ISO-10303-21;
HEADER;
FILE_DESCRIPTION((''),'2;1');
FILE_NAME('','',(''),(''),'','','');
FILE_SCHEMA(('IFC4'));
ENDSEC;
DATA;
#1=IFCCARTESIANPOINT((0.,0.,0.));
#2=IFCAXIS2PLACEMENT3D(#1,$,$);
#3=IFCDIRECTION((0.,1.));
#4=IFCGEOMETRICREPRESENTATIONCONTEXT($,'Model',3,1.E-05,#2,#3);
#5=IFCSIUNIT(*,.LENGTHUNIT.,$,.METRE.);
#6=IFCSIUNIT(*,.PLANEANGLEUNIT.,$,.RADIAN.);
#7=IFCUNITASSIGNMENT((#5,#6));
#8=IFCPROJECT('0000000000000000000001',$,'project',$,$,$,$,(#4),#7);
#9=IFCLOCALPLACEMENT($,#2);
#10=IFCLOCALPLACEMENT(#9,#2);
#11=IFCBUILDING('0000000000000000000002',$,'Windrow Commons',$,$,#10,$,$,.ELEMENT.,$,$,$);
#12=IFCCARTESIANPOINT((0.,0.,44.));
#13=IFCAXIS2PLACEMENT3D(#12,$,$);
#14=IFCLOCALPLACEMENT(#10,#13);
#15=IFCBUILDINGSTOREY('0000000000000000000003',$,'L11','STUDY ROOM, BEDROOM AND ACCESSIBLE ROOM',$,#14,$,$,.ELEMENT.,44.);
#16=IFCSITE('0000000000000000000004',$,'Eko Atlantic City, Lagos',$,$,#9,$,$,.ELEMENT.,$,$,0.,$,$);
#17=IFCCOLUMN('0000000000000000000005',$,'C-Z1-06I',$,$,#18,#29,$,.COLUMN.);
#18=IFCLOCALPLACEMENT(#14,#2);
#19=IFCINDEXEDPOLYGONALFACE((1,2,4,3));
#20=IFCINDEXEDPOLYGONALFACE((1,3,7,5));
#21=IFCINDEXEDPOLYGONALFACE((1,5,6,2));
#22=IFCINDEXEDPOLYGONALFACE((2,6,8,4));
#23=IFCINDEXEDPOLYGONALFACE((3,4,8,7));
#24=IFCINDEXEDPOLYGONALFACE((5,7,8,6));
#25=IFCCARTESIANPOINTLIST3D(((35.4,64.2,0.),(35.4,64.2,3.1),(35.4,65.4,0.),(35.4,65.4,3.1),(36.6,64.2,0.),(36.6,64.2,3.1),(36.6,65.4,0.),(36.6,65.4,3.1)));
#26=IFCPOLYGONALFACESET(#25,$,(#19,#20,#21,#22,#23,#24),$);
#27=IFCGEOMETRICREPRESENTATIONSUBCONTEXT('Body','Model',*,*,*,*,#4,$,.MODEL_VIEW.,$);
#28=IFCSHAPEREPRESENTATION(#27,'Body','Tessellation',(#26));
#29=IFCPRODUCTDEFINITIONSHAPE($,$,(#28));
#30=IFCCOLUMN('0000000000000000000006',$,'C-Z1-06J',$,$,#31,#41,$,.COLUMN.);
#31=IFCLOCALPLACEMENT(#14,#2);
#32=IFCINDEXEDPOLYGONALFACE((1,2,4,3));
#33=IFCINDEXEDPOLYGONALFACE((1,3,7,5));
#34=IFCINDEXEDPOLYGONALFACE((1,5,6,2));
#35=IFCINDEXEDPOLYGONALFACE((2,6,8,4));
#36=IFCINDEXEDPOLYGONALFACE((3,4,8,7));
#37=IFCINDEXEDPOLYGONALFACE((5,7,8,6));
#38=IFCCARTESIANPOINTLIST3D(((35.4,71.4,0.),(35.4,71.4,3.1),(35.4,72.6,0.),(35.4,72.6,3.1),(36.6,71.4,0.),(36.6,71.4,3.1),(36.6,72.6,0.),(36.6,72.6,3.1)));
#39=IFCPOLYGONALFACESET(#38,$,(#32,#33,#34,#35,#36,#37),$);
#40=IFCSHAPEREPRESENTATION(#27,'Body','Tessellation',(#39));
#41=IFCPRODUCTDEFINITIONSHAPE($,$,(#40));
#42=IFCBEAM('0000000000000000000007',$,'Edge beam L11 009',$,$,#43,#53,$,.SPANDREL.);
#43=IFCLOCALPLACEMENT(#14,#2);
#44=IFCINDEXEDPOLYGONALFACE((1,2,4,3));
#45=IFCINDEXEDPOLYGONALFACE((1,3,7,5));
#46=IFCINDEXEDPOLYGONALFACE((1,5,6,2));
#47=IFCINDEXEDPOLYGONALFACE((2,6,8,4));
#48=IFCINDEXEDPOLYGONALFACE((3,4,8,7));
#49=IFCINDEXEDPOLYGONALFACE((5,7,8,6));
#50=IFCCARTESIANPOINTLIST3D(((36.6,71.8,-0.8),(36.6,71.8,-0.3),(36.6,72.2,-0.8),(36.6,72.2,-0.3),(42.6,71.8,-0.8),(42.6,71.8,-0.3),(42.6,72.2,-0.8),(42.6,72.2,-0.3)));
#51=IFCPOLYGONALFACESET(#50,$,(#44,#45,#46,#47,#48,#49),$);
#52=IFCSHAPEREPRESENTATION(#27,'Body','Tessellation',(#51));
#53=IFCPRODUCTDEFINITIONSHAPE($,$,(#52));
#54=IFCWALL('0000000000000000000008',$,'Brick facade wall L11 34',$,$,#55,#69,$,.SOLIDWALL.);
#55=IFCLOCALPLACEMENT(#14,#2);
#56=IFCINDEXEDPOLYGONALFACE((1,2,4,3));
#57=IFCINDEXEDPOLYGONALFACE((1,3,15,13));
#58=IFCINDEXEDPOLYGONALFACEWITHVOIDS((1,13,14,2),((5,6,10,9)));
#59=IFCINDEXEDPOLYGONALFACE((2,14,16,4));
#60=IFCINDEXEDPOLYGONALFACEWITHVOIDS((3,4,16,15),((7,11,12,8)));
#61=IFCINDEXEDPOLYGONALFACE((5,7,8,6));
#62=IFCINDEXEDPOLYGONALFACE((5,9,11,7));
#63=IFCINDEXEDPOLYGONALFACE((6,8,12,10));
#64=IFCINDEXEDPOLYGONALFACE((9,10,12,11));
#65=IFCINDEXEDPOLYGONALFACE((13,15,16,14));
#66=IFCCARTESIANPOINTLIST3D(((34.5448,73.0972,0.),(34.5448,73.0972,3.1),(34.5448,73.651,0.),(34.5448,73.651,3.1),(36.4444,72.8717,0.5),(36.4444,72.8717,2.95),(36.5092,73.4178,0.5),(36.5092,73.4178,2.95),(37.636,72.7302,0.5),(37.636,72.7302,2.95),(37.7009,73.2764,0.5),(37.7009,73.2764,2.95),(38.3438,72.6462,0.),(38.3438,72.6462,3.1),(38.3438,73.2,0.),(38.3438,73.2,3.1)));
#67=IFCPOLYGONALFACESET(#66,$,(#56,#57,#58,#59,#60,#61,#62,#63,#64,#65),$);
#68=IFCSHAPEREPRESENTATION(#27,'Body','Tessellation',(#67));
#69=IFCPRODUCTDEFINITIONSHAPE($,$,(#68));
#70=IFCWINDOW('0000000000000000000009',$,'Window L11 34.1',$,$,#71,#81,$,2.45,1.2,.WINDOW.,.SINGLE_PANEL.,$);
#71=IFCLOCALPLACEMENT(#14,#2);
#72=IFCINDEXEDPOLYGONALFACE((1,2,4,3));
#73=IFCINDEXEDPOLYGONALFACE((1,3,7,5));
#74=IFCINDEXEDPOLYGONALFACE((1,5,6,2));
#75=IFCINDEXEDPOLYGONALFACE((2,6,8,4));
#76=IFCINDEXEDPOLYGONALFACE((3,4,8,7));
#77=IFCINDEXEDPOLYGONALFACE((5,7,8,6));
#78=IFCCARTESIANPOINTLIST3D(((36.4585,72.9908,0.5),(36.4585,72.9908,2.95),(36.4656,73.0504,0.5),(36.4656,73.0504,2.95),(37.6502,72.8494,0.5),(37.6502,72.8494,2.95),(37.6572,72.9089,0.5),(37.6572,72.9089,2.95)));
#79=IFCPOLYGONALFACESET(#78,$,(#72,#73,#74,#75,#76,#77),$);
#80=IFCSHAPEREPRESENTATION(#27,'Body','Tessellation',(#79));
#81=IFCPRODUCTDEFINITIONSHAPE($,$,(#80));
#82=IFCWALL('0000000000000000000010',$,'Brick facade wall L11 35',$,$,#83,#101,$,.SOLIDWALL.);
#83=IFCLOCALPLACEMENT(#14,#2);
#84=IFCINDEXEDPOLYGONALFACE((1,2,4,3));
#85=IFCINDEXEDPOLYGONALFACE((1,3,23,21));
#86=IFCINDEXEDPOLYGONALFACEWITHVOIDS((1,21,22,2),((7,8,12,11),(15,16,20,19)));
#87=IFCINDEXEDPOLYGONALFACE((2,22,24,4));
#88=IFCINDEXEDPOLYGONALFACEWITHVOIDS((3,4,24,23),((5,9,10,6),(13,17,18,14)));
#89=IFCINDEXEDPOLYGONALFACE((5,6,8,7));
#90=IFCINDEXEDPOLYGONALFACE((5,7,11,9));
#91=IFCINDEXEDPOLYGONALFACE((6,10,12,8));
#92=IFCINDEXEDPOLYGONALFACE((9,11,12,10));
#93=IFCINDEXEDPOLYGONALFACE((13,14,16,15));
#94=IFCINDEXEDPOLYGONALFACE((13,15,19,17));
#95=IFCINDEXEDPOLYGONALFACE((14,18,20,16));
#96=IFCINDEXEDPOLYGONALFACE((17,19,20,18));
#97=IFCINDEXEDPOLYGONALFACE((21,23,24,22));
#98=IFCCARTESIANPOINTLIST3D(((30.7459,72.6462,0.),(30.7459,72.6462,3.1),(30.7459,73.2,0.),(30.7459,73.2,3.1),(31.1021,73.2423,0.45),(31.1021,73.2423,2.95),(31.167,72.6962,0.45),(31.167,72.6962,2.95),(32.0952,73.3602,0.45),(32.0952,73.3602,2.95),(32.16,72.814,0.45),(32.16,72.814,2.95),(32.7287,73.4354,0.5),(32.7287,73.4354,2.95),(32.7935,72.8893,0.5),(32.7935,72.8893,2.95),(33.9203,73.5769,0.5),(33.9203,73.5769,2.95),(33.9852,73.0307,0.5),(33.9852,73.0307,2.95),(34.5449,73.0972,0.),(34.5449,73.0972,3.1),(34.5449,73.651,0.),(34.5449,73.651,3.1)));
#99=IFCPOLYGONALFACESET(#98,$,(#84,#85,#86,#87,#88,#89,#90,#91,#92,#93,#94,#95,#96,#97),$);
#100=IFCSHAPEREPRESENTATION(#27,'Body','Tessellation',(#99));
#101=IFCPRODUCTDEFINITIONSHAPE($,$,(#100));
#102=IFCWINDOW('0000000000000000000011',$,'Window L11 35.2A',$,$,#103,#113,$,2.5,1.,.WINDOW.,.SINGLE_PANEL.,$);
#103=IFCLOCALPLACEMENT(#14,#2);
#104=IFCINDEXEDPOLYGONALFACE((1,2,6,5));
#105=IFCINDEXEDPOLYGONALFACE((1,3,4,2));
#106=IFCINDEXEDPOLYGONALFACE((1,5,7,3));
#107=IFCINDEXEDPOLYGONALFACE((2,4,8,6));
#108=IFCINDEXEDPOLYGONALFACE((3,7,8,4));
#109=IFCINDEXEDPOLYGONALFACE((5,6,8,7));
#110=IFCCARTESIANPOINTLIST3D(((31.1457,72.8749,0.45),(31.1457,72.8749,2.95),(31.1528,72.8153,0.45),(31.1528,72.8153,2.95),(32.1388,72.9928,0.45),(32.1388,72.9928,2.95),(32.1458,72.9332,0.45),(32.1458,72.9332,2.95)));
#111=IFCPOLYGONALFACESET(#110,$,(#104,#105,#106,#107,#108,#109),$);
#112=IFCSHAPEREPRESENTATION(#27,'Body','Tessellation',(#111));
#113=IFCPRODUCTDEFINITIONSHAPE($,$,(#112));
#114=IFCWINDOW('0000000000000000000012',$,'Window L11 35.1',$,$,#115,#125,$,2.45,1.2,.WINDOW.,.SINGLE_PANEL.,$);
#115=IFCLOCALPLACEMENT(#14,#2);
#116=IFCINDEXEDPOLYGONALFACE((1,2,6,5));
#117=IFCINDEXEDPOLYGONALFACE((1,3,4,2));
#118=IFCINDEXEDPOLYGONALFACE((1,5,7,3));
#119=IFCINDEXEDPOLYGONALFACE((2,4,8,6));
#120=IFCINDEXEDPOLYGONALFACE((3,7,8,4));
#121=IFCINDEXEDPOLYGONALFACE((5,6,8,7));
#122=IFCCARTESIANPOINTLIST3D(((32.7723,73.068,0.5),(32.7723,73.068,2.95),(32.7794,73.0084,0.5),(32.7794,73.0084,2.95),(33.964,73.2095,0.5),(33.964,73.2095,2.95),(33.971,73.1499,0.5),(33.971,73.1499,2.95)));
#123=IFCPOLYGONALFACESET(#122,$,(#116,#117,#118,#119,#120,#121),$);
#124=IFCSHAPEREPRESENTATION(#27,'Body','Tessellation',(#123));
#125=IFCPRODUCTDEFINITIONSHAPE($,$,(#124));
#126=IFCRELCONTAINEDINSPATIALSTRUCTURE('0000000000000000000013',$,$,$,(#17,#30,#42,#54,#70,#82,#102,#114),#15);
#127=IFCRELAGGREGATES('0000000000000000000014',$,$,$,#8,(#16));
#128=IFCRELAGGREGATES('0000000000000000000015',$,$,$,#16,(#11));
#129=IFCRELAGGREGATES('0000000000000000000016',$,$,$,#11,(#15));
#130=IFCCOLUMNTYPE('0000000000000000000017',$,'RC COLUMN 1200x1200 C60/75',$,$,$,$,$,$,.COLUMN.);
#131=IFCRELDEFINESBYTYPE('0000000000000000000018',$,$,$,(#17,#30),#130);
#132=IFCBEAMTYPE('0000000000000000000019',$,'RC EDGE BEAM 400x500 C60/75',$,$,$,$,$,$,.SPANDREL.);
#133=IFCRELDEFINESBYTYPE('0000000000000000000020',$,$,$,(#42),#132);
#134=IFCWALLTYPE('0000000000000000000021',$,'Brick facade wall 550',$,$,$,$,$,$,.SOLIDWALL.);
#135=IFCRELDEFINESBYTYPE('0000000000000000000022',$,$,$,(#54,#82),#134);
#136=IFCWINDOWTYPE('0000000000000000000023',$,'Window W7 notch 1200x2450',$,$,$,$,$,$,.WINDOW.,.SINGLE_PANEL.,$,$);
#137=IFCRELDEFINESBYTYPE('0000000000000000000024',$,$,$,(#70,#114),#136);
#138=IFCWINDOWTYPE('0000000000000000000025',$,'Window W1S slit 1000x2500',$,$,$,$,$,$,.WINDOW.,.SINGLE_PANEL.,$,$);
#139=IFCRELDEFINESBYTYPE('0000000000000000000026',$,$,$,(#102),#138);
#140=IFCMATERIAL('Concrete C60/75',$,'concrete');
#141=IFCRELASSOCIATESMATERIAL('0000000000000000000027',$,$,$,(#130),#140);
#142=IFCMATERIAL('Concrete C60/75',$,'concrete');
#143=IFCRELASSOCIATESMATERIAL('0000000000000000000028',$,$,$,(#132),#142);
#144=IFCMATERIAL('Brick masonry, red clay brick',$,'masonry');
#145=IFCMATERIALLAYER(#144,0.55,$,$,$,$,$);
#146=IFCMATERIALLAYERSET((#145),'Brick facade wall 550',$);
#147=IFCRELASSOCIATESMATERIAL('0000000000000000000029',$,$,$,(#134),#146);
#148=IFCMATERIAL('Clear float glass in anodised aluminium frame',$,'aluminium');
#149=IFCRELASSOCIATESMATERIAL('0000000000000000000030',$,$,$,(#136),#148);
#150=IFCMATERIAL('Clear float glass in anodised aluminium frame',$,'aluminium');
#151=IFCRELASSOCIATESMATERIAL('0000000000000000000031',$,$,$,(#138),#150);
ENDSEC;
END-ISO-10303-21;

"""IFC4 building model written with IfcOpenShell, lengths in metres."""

from ifc_helpers import new_model, si_unit, direction, frame, frame_2d, origin, origin_2d, place, context, subcontext, project, spatial, polyline, rectangle, outline, extrude, material, layer, layer_set, material_profile, profile_set, type_object, element, fill, save


model = new_model("IFC4")

# Units and contexts
model_context = context("Model", 3, precision=1e-05, world=origin(), true_north=direction((0.0, 1.0)))
body_context = subcontext(model_context, "Body", "Model", "MODEL_VIEW")
ifc_project = project(units=[si_unit("LENGTHUNIT", "METRE"), si_unit("PLANEANGLEUNIT", "RADIAN")], contexts=[model_context])

# Site, building, storey
site_placement = place(None, origin())
site = spatial("IfcSite", under=ifc_project, at=site_placement, Name="Eko Atlantic City, Lagos", CompositionType="ELEMENT", RefElevation=0.0)
building_placement = place(site_placement, origin())
building = spatial("IfcBuilding", under=site, at=building_placement, Name="Windrow Commons", CompositionType="ELEMENT")
storey_placement = place(building_placement, frame((0.0, 0.0, 44.0)))
storey = spatial("IfcBuildingStorey", under=building, at=storey_placement, Name="L11", Description="STUDY ROOM, BEDROOM AND ACCESSIBLE ROOM", CompositionType="ELEMENT", Elevation=44.0)

# Columns
ifc_material_1 = material(Name="Concrete C60/75", Category="concrete")
ifc_material_profile_1 = material_profile(ifc_material_1, rectangle(XDim=1.2, YDim=1.2, at=origin_2d()))
ifc_profile_set_1 = profile_set([ifc_material_profile_1], Name="Concrete C60/75")
column_type = type_object("IfcColumnType", Name="RC COLUMN 1200x1200 C60/75", PredefinedType="COLUMN", material=ifc_profile_set_1)
for number, where, z_axis, x_axis, name in (
    (1, (36.0, 64.8, 0.0), (0.0, 0.0, 1.0), (1.0, 0.0, 0.0), "C-Z1-06I"),
    (2, (36.0, 72.0, 0.0), (0.0, 0.0, 1.0), (1.0, 0.0, 0.0), "C-Z1-06J"),
):
    element("IfcColumn", number, at=place(storey_placement, frame(where, z_axis=z_axis, x_axis=x_axis)), inside=storey, type_object=column_type, Name=name, PredefinedType="COLUMN", context=body_context, shape_type="SweptSolid", body=[
        extrude(rectangle(XDim=1.2, YDim=1.2, at=origin_2d()), origin(), (0.0, 0.0, 1.0), 3.1),
    ])

# Beam
ifc_material_2 = material(Name="Concrete C60/75", Category="concrete")
ifc_material_profile_2 = material_profile(ifc_material_2, rectangle(XDim=0.4, YDim=0.5, at=origin_2d()))
ifc_profile_set_2 = profile_set([ifc_material_profile_2], Name="Concrete C60/75")
beam_type = type_object("IfcBeamType", Name="RC EDGE BEAM 400x500 C60/75", PredefinedType="SPANDREL", material=ifc_profile_set_2)
beam_placement = place(storey_placement, frame((36.6, 72.0, -0.55), z_axis=(1.0, 0.0, 0.0), x_axis=(0.0, 1.0, 0.0)))
element("IfcBeam", 3, at=beam_placement, inside=storey, type_object=beam_type, Name="Edge beam L11 009", PredefinedType="SPANDREL", context=body_context, shape_type="SweptSolid", body=[
    extrude(rectangle(XDim=0.4, YDim=0.5, at=origin_2d()), origin(), (0.0, 0.0, 1.0), 6.0),
])

# Wall, opening, window
ifc_material_3 = material(Name="Brick masonry, red clay brick", Category="masonry")
ifc_layer_1 = layer(ifc_material_3, 0.55)
ifc_layer_set_1 = layer_set([ifc_layer_1], Name="Brick facade wall 550")
wall_type_1 = type_object("IfcWallType", Name="Brick facade wall 550", PredefinedType="SOLIDWALL", material=ifc_layer_set_1)
wall_1_placement = place(storey_placement, frame((38.3438, 72.9231, 0.0), z_axis=(0.0, 0.0, 1.0), x_axis=(-0.993027, 0.117891, 0.0)))
wall_1 = element("IfcWall", 4, at=wall_1_placement, inside=storey, type_object=wall_type_1, Name="Brick facade wall L11 34", PredefinedType="SOLIDWALL", context=body_context, shape_type="SweptSolid", body=[
    extrude(outline(polyline([(0.0326, -0.275), (3.8583, -0.275), (3.793, 0.275), (-0.0326, 0.275), (0.0326, -0.275)])), origin(), (0.0, 0.0, 1.0), 3.1),
])
opening_1_placement = place(wall_1_placement, frame((0.6801, 0.0, 0.5)))
opening_1 = element("IfcOpeningElement", 5, at=opening_1_placement, cuts=wall_1, PredefinedType="OPENING", context=body_context, shape_type="SweptSolid", body=[
    extrude(rectangle(XDim=1.2, YDim=2.45, at=frame_2d((0.6, 1.225))), frame((0.0, 0.285, 0.0), z_axis=(0.0, -1.0, 0.0), x_axis=(1.0, 0.0, 0.0)), (0.0, 0.0, 1.0), 0.57),
])
ifc_material_4 = material(Name="Clear float glass in anodised aluminium frame", Category="aluminium")
window_type_1 = type_object("IfcWindowType", Name="Window W7 notch 1200x2450", PartitioningType="SINGLE_PANEL", PredefinedType="WINDOW", material=ifc_material_4)
window_1_placement = place(opening_1_placement, origin())
window_1 = element("IfcWindow", 6, at=window_1_placement, inside=storey, type_object=window_type_1, Name="Window L11 34.1", OverallHeight=2.45, OverallWidth=1.2, PartitioningType="SINGLE_PANEL", PredefinedType="WINDOW", context=body_context, shape_type="SweptSolid", body=[
    extrude(rectangle(XDim=1.2, YDim=2.45, at=frame_2d((0.6, 1.225))), frame((0.0, 0.155, 0.0), z_axis=(0.0, -1.0, 0.0), x_axis=(1.0, 0.0, 0.0)), (0.0, 0.0, 1.0), 0.06),
])
fill(opening_1, window_1)

# Wall, openings, windows
wall_2_placement = place(storey_placement, frame((34.5449, 73.3741, 0.0), z_axis=(0.0, 0.0, 1.0), x_axis=(-0.993027, -0.117888, 0.0)))
wall_2 = element("IfcWall", 7, at=wall_2_placement, inside=storey, type_object=wall_type_1, Name="Brick facade wall L11 35", PredefinedType="SOLIDWALL", context=body_context, shape_type="SweptSolid", body=[
    extrude(outline(polyline([(-0.0326, -0.275), (3.793, -0.275), (3.8583, 0.275), (0.0326, 0.275), (-0.0326, -0.275)])), origin(), (0.0, 0.0, 1.0), 3.1),
])
opening_2_placement = place(wall_2_placement, frame((0.5963, 0.0, 0.5)))
opening_2 = element("IfcOpeningElement", 8, at=opening_2_placement, cuts=wall_2, PredefinedType="OPENING", context=body_context, shape_type="SweptSolid", body=[
    extrude(rectangle(XDim=1.2, YDim=2.45, at=frame_2d((0.6, 1.225))), frame((0.0, 0.285, 0.0), z_axis=(0.0, -1.0, 0.0), x_axis=(1.0, 0.0, 0.0)), (0.0, 0.0, 1.0), 0.57),
])
opening_3_placement = place(wall_2_placement, frame((2.4343, 0.0, 0.45)))
opening_3 = element("IfcOpeningElement", 9, at=opening_3_placement, cuts=wall_2, PredefinedType="OPENING", context=body_context, shape_type="SweptSolid", body=[
    extrude(rectangle(XDim=1.0, YDim=2.5, at=frame_2d((0.5, 1.25))), frame((0.0, 0.285, 0.0), z_axis=(0.0, -1.0, 0.0), x_axis=(1.0, 0.0, 0.0)), (0.0, 0.0, 1.0), 0.57),
])
ifc_material_5 = material(Name="Clear float glass in anodised aluminium frame", Category="aluminium")
window_type_2 = type_object("IfcWindowType", Name="Window W1S slit 1000x2500", PartitioningType="SINGLE_PANEL", PredefinedType="WINDOW", material=ifc_material_5)
window_2_placement = place(opening_3_placement, origin())
window_2 = element("IfcWindow", 10, at=window_2_placement, inside=storey, type_object=window_type_2, Name="Window L11 35.2A", OverallHeight=2.5, OverallWidth=1.0, PartitioningType="SINGLE_PANEL", PredefinedType="WINDOW", context=body_context, shape_type="SweptSolid", body=[
    extrude(rectangle(XDim=1.0, YDim=2.5, at=frame_2d((0.5, 1.25))), frame((0.0, 0.155, 0.0), z_axis=(0.0, -1.0, 0.0), x_axis=(1.0, 0.0, 0.0)), (0.0, 0.0, 1.0), 0.06),
])
fill(opening_3, window_2)
window_3_placement = place(opening_2_placement, origin())
window_3 = element("IfcWindow", 11, at=window_3_placement, inside=storey, type_object=window_type_1, Name="Window L11 35.1", OverallHeight=2.45, OverallWidth=1.2, PartitioningType="SINGLE_PANEL", PredefinedType="WINDOW", context=body_context, shape_type="SweptSolid", body=[
    extrude(rectangle(XDim=1.2, YDim=2.45, at=frame_2d((0.6, 1.225))), frame((0.0, 0.155, 0.0), z_axis=(0.0, -1.0, 0.0), x_axis=(1.0, 0.0, 0.0)), (0.0, 0.0, 1.0), 0.06),
])
fill(opening_2, window_3)

save(model, "model.ifc")
